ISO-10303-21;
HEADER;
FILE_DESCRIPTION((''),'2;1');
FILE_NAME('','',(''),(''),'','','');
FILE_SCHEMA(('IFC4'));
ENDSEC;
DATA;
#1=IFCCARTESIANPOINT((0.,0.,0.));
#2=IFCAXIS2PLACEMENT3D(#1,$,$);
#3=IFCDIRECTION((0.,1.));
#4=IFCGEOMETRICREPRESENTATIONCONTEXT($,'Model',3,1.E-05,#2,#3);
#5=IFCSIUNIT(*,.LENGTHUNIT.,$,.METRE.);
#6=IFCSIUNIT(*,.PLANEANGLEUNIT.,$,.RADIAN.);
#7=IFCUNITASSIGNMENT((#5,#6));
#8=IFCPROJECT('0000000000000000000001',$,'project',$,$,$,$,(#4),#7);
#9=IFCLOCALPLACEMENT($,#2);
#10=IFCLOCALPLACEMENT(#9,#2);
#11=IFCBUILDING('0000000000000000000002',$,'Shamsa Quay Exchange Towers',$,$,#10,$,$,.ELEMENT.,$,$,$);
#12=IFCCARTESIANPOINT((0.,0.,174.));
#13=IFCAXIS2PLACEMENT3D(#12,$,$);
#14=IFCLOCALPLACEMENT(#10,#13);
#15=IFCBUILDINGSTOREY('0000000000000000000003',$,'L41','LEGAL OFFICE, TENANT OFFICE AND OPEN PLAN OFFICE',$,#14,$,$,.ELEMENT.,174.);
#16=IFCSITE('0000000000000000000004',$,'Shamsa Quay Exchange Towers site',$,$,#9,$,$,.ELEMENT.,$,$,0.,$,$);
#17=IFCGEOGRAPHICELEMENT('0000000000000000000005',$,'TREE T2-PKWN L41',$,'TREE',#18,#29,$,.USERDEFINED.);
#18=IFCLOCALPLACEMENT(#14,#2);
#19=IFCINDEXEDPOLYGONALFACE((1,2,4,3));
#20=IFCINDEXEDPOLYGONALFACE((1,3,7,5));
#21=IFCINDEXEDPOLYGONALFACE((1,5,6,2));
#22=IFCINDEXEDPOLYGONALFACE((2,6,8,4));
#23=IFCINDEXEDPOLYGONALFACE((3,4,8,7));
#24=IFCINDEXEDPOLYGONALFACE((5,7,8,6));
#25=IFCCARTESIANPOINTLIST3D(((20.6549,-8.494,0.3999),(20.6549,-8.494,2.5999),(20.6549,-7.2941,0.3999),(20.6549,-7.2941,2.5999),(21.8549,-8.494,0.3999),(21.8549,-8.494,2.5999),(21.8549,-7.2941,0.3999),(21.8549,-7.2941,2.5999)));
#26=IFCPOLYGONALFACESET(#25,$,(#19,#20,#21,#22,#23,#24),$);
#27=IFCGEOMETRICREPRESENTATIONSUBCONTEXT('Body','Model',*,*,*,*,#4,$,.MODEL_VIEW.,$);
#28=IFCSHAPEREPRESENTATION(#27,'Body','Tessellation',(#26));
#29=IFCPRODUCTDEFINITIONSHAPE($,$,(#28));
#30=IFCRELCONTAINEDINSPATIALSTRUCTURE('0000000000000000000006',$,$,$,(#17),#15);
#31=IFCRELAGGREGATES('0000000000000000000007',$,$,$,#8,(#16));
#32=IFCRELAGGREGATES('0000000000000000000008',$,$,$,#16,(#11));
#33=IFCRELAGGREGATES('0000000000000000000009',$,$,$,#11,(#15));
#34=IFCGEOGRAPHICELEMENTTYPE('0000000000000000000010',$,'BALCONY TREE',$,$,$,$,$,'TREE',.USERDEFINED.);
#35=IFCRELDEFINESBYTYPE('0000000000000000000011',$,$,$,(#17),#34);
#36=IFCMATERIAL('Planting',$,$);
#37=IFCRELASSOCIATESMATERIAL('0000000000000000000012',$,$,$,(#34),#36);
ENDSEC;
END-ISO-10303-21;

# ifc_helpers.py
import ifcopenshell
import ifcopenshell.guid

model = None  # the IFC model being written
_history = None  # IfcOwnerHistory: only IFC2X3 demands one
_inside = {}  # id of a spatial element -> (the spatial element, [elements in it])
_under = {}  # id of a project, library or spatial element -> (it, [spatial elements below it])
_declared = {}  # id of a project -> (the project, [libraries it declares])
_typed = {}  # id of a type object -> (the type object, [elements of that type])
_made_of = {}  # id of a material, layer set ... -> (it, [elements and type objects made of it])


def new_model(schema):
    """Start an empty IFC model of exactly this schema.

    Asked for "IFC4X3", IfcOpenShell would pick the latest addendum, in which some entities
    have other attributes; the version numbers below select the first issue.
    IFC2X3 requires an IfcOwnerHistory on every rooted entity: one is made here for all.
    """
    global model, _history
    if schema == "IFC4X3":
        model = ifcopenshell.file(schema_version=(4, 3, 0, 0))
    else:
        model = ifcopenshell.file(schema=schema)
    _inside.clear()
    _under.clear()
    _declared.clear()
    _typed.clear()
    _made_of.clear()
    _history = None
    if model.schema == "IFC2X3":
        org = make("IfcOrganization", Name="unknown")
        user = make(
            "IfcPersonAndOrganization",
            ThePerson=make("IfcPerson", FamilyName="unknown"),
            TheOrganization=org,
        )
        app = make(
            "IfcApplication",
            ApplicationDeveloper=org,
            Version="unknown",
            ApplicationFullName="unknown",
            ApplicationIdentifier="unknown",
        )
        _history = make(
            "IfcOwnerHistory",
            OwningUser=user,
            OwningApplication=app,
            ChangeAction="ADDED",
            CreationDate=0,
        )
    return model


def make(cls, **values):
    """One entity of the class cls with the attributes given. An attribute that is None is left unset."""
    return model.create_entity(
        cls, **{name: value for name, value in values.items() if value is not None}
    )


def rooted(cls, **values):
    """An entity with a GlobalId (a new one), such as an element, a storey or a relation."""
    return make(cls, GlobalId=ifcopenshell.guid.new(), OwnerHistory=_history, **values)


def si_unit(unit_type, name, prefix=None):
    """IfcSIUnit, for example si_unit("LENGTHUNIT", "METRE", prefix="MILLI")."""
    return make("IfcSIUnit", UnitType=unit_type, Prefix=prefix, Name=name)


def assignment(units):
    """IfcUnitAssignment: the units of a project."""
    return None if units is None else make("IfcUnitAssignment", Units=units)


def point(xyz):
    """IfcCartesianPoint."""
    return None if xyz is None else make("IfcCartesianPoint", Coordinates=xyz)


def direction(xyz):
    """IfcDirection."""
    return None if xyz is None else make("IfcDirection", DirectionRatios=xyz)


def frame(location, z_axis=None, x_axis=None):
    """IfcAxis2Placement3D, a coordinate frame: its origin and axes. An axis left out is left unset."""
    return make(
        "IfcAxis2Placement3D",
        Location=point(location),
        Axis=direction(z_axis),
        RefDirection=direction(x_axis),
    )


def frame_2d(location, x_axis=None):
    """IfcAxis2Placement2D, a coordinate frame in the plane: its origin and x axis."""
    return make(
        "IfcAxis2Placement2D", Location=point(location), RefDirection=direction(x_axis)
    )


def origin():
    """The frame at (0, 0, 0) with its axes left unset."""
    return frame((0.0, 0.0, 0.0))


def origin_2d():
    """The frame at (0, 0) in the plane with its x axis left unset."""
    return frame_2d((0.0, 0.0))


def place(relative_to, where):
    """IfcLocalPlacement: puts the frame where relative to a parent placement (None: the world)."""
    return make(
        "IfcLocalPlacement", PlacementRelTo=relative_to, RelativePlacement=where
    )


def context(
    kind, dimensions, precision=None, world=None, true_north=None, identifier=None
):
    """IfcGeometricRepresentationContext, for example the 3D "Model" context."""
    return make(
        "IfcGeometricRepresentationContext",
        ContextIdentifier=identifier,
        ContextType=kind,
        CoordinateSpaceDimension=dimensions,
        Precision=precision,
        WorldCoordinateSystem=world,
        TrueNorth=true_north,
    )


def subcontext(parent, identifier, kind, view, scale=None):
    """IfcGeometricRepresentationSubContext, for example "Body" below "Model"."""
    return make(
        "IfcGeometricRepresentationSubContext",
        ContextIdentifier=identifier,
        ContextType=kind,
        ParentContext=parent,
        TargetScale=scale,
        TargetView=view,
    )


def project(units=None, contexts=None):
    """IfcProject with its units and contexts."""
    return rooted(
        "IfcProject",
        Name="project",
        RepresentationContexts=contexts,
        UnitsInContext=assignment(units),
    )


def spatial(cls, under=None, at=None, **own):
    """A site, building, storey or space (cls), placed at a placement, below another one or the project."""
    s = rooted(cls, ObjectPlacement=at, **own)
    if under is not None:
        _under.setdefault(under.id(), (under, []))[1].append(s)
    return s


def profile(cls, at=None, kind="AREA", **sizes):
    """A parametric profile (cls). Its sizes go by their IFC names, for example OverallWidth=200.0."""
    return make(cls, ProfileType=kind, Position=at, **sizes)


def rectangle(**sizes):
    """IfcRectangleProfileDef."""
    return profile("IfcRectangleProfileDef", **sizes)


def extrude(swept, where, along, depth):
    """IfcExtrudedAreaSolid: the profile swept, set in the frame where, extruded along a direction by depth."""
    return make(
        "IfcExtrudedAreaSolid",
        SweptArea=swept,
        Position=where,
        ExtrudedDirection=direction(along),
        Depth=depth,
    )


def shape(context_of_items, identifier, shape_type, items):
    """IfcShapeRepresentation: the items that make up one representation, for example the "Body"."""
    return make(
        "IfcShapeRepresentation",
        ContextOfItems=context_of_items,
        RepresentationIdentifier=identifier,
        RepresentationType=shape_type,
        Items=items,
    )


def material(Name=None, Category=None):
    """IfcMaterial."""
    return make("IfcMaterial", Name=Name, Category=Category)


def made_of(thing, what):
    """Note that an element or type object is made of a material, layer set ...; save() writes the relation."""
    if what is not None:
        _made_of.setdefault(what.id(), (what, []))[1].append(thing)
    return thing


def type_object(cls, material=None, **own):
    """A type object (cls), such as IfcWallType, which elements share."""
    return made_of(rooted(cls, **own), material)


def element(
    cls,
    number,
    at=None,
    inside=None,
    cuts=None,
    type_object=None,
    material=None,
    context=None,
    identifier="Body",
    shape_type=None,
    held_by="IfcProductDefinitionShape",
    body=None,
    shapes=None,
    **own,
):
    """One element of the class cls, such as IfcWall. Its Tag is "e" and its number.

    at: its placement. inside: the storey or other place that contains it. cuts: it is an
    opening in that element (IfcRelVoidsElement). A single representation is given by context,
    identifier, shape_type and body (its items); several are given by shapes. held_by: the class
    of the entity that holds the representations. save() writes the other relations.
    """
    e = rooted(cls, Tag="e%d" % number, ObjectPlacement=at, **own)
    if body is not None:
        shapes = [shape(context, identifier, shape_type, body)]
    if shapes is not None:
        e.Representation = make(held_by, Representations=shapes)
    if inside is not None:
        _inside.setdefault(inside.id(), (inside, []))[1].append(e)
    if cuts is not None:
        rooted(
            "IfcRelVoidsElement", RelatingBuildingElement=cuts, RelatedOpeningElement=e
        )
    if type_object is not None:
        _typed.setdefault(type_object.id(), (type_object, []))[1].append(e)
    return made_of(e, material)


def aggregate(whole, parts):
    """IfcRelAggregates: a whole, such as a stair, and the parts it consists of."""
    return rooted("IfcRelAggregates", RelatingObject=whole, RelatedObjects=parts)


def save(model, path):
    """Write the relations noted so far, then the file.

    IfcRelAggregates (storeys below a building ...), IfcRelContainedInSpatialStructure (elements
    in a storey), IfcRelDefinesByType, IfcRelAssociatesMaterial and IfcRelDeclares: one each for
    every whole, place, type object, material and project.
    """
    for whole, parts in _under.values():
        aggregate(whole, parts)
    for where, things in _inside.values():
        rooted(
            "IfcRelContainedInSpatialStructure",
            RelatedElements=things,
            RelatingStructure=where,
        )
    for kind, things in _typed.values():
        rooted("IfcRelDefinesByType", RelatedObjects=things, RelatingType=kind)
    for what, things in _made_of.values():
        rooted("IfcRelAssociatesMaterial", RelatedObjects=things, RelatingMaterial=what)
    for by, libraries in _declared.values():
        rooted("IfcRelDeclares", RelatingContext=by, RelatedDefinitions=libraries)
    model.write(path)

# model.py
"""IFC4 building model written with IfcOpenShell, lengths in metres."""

from ifc_helpers import new_model, si_unit, direction, frame, origin, origin_2d, place, context, subcontext, project, spatial, rectangle, extrude, material, type_object, element, save


model = new_model("IFC4")

# Units and contexts
model_context = context("Model", 3, precision=1e-05, world=origin(), true_north=direction((0.0, 1.0)))
body_context = subcontext(model_context, "Body", "Model", "MODEL_VIEW")
ifc_project = project(units=[si_unit("LENGTHUNIT", "METRE"), si_unit("PLANEANGLEUNIT", "RADIAN")], contexts=[model_context])

# Site, building, storey
site_placement = place(None, origin())
site = spatial("IfcSite", under=ifc_project, at=site_placement, Name="Shamsa Quay Exchange Towers site", CompositionType="ELEMENT", RefElevation=0.0)
building_placement = place(site_placement, origin())
building = spatial("IfcBuilding", under=site, at=building_placement, Name="Shamsa Quay Exchange Towers", CompositionType="ELEMENT")
storey_placement = place(building_placement, frame((0.0, 0.0, 174.0)))
storey = spatial("IfcBuildingStorey", under=building, at=storey_placement, Name="L41", Description="LEGAL OFFICE, TENANT OFFICE AND OPEN PLAN OFFICE", CompositionType="ELEMENT", Elevation=174.0)

# Geographic element
ifc_material_1 = material(Name="Planting")
geographic_element_type = type_object("IfcGeographicElementType", Name="BALCONY TREE", ElementType="TREE", PredefinedType="USERDEFINED", material=ifc_material_1)
geographic_element_placement = place(storey_placement, frame((21.2549, -7.894, 0.3999), z_axis=(0.0, 0.0, 1.0), x_axis=(0.0, -1.0, 0.0)))
element("IfcGeographicElement", 1, at=geographic_element_placement, inside=storey, type_object=geographic_element_type, Name="TREE T2-PKWN L41", ObjectType="TREE", PredefinedType="USERDEFINED", context=body_context, shape_type="SweptSolid", body=[
    extrude(rectangle(XDim=1.2, YDim=1.2, at=origin_2d()), origin(), (0.0, 0.0, 1.0), 2.2),
])

save(model, "model.ifc")
